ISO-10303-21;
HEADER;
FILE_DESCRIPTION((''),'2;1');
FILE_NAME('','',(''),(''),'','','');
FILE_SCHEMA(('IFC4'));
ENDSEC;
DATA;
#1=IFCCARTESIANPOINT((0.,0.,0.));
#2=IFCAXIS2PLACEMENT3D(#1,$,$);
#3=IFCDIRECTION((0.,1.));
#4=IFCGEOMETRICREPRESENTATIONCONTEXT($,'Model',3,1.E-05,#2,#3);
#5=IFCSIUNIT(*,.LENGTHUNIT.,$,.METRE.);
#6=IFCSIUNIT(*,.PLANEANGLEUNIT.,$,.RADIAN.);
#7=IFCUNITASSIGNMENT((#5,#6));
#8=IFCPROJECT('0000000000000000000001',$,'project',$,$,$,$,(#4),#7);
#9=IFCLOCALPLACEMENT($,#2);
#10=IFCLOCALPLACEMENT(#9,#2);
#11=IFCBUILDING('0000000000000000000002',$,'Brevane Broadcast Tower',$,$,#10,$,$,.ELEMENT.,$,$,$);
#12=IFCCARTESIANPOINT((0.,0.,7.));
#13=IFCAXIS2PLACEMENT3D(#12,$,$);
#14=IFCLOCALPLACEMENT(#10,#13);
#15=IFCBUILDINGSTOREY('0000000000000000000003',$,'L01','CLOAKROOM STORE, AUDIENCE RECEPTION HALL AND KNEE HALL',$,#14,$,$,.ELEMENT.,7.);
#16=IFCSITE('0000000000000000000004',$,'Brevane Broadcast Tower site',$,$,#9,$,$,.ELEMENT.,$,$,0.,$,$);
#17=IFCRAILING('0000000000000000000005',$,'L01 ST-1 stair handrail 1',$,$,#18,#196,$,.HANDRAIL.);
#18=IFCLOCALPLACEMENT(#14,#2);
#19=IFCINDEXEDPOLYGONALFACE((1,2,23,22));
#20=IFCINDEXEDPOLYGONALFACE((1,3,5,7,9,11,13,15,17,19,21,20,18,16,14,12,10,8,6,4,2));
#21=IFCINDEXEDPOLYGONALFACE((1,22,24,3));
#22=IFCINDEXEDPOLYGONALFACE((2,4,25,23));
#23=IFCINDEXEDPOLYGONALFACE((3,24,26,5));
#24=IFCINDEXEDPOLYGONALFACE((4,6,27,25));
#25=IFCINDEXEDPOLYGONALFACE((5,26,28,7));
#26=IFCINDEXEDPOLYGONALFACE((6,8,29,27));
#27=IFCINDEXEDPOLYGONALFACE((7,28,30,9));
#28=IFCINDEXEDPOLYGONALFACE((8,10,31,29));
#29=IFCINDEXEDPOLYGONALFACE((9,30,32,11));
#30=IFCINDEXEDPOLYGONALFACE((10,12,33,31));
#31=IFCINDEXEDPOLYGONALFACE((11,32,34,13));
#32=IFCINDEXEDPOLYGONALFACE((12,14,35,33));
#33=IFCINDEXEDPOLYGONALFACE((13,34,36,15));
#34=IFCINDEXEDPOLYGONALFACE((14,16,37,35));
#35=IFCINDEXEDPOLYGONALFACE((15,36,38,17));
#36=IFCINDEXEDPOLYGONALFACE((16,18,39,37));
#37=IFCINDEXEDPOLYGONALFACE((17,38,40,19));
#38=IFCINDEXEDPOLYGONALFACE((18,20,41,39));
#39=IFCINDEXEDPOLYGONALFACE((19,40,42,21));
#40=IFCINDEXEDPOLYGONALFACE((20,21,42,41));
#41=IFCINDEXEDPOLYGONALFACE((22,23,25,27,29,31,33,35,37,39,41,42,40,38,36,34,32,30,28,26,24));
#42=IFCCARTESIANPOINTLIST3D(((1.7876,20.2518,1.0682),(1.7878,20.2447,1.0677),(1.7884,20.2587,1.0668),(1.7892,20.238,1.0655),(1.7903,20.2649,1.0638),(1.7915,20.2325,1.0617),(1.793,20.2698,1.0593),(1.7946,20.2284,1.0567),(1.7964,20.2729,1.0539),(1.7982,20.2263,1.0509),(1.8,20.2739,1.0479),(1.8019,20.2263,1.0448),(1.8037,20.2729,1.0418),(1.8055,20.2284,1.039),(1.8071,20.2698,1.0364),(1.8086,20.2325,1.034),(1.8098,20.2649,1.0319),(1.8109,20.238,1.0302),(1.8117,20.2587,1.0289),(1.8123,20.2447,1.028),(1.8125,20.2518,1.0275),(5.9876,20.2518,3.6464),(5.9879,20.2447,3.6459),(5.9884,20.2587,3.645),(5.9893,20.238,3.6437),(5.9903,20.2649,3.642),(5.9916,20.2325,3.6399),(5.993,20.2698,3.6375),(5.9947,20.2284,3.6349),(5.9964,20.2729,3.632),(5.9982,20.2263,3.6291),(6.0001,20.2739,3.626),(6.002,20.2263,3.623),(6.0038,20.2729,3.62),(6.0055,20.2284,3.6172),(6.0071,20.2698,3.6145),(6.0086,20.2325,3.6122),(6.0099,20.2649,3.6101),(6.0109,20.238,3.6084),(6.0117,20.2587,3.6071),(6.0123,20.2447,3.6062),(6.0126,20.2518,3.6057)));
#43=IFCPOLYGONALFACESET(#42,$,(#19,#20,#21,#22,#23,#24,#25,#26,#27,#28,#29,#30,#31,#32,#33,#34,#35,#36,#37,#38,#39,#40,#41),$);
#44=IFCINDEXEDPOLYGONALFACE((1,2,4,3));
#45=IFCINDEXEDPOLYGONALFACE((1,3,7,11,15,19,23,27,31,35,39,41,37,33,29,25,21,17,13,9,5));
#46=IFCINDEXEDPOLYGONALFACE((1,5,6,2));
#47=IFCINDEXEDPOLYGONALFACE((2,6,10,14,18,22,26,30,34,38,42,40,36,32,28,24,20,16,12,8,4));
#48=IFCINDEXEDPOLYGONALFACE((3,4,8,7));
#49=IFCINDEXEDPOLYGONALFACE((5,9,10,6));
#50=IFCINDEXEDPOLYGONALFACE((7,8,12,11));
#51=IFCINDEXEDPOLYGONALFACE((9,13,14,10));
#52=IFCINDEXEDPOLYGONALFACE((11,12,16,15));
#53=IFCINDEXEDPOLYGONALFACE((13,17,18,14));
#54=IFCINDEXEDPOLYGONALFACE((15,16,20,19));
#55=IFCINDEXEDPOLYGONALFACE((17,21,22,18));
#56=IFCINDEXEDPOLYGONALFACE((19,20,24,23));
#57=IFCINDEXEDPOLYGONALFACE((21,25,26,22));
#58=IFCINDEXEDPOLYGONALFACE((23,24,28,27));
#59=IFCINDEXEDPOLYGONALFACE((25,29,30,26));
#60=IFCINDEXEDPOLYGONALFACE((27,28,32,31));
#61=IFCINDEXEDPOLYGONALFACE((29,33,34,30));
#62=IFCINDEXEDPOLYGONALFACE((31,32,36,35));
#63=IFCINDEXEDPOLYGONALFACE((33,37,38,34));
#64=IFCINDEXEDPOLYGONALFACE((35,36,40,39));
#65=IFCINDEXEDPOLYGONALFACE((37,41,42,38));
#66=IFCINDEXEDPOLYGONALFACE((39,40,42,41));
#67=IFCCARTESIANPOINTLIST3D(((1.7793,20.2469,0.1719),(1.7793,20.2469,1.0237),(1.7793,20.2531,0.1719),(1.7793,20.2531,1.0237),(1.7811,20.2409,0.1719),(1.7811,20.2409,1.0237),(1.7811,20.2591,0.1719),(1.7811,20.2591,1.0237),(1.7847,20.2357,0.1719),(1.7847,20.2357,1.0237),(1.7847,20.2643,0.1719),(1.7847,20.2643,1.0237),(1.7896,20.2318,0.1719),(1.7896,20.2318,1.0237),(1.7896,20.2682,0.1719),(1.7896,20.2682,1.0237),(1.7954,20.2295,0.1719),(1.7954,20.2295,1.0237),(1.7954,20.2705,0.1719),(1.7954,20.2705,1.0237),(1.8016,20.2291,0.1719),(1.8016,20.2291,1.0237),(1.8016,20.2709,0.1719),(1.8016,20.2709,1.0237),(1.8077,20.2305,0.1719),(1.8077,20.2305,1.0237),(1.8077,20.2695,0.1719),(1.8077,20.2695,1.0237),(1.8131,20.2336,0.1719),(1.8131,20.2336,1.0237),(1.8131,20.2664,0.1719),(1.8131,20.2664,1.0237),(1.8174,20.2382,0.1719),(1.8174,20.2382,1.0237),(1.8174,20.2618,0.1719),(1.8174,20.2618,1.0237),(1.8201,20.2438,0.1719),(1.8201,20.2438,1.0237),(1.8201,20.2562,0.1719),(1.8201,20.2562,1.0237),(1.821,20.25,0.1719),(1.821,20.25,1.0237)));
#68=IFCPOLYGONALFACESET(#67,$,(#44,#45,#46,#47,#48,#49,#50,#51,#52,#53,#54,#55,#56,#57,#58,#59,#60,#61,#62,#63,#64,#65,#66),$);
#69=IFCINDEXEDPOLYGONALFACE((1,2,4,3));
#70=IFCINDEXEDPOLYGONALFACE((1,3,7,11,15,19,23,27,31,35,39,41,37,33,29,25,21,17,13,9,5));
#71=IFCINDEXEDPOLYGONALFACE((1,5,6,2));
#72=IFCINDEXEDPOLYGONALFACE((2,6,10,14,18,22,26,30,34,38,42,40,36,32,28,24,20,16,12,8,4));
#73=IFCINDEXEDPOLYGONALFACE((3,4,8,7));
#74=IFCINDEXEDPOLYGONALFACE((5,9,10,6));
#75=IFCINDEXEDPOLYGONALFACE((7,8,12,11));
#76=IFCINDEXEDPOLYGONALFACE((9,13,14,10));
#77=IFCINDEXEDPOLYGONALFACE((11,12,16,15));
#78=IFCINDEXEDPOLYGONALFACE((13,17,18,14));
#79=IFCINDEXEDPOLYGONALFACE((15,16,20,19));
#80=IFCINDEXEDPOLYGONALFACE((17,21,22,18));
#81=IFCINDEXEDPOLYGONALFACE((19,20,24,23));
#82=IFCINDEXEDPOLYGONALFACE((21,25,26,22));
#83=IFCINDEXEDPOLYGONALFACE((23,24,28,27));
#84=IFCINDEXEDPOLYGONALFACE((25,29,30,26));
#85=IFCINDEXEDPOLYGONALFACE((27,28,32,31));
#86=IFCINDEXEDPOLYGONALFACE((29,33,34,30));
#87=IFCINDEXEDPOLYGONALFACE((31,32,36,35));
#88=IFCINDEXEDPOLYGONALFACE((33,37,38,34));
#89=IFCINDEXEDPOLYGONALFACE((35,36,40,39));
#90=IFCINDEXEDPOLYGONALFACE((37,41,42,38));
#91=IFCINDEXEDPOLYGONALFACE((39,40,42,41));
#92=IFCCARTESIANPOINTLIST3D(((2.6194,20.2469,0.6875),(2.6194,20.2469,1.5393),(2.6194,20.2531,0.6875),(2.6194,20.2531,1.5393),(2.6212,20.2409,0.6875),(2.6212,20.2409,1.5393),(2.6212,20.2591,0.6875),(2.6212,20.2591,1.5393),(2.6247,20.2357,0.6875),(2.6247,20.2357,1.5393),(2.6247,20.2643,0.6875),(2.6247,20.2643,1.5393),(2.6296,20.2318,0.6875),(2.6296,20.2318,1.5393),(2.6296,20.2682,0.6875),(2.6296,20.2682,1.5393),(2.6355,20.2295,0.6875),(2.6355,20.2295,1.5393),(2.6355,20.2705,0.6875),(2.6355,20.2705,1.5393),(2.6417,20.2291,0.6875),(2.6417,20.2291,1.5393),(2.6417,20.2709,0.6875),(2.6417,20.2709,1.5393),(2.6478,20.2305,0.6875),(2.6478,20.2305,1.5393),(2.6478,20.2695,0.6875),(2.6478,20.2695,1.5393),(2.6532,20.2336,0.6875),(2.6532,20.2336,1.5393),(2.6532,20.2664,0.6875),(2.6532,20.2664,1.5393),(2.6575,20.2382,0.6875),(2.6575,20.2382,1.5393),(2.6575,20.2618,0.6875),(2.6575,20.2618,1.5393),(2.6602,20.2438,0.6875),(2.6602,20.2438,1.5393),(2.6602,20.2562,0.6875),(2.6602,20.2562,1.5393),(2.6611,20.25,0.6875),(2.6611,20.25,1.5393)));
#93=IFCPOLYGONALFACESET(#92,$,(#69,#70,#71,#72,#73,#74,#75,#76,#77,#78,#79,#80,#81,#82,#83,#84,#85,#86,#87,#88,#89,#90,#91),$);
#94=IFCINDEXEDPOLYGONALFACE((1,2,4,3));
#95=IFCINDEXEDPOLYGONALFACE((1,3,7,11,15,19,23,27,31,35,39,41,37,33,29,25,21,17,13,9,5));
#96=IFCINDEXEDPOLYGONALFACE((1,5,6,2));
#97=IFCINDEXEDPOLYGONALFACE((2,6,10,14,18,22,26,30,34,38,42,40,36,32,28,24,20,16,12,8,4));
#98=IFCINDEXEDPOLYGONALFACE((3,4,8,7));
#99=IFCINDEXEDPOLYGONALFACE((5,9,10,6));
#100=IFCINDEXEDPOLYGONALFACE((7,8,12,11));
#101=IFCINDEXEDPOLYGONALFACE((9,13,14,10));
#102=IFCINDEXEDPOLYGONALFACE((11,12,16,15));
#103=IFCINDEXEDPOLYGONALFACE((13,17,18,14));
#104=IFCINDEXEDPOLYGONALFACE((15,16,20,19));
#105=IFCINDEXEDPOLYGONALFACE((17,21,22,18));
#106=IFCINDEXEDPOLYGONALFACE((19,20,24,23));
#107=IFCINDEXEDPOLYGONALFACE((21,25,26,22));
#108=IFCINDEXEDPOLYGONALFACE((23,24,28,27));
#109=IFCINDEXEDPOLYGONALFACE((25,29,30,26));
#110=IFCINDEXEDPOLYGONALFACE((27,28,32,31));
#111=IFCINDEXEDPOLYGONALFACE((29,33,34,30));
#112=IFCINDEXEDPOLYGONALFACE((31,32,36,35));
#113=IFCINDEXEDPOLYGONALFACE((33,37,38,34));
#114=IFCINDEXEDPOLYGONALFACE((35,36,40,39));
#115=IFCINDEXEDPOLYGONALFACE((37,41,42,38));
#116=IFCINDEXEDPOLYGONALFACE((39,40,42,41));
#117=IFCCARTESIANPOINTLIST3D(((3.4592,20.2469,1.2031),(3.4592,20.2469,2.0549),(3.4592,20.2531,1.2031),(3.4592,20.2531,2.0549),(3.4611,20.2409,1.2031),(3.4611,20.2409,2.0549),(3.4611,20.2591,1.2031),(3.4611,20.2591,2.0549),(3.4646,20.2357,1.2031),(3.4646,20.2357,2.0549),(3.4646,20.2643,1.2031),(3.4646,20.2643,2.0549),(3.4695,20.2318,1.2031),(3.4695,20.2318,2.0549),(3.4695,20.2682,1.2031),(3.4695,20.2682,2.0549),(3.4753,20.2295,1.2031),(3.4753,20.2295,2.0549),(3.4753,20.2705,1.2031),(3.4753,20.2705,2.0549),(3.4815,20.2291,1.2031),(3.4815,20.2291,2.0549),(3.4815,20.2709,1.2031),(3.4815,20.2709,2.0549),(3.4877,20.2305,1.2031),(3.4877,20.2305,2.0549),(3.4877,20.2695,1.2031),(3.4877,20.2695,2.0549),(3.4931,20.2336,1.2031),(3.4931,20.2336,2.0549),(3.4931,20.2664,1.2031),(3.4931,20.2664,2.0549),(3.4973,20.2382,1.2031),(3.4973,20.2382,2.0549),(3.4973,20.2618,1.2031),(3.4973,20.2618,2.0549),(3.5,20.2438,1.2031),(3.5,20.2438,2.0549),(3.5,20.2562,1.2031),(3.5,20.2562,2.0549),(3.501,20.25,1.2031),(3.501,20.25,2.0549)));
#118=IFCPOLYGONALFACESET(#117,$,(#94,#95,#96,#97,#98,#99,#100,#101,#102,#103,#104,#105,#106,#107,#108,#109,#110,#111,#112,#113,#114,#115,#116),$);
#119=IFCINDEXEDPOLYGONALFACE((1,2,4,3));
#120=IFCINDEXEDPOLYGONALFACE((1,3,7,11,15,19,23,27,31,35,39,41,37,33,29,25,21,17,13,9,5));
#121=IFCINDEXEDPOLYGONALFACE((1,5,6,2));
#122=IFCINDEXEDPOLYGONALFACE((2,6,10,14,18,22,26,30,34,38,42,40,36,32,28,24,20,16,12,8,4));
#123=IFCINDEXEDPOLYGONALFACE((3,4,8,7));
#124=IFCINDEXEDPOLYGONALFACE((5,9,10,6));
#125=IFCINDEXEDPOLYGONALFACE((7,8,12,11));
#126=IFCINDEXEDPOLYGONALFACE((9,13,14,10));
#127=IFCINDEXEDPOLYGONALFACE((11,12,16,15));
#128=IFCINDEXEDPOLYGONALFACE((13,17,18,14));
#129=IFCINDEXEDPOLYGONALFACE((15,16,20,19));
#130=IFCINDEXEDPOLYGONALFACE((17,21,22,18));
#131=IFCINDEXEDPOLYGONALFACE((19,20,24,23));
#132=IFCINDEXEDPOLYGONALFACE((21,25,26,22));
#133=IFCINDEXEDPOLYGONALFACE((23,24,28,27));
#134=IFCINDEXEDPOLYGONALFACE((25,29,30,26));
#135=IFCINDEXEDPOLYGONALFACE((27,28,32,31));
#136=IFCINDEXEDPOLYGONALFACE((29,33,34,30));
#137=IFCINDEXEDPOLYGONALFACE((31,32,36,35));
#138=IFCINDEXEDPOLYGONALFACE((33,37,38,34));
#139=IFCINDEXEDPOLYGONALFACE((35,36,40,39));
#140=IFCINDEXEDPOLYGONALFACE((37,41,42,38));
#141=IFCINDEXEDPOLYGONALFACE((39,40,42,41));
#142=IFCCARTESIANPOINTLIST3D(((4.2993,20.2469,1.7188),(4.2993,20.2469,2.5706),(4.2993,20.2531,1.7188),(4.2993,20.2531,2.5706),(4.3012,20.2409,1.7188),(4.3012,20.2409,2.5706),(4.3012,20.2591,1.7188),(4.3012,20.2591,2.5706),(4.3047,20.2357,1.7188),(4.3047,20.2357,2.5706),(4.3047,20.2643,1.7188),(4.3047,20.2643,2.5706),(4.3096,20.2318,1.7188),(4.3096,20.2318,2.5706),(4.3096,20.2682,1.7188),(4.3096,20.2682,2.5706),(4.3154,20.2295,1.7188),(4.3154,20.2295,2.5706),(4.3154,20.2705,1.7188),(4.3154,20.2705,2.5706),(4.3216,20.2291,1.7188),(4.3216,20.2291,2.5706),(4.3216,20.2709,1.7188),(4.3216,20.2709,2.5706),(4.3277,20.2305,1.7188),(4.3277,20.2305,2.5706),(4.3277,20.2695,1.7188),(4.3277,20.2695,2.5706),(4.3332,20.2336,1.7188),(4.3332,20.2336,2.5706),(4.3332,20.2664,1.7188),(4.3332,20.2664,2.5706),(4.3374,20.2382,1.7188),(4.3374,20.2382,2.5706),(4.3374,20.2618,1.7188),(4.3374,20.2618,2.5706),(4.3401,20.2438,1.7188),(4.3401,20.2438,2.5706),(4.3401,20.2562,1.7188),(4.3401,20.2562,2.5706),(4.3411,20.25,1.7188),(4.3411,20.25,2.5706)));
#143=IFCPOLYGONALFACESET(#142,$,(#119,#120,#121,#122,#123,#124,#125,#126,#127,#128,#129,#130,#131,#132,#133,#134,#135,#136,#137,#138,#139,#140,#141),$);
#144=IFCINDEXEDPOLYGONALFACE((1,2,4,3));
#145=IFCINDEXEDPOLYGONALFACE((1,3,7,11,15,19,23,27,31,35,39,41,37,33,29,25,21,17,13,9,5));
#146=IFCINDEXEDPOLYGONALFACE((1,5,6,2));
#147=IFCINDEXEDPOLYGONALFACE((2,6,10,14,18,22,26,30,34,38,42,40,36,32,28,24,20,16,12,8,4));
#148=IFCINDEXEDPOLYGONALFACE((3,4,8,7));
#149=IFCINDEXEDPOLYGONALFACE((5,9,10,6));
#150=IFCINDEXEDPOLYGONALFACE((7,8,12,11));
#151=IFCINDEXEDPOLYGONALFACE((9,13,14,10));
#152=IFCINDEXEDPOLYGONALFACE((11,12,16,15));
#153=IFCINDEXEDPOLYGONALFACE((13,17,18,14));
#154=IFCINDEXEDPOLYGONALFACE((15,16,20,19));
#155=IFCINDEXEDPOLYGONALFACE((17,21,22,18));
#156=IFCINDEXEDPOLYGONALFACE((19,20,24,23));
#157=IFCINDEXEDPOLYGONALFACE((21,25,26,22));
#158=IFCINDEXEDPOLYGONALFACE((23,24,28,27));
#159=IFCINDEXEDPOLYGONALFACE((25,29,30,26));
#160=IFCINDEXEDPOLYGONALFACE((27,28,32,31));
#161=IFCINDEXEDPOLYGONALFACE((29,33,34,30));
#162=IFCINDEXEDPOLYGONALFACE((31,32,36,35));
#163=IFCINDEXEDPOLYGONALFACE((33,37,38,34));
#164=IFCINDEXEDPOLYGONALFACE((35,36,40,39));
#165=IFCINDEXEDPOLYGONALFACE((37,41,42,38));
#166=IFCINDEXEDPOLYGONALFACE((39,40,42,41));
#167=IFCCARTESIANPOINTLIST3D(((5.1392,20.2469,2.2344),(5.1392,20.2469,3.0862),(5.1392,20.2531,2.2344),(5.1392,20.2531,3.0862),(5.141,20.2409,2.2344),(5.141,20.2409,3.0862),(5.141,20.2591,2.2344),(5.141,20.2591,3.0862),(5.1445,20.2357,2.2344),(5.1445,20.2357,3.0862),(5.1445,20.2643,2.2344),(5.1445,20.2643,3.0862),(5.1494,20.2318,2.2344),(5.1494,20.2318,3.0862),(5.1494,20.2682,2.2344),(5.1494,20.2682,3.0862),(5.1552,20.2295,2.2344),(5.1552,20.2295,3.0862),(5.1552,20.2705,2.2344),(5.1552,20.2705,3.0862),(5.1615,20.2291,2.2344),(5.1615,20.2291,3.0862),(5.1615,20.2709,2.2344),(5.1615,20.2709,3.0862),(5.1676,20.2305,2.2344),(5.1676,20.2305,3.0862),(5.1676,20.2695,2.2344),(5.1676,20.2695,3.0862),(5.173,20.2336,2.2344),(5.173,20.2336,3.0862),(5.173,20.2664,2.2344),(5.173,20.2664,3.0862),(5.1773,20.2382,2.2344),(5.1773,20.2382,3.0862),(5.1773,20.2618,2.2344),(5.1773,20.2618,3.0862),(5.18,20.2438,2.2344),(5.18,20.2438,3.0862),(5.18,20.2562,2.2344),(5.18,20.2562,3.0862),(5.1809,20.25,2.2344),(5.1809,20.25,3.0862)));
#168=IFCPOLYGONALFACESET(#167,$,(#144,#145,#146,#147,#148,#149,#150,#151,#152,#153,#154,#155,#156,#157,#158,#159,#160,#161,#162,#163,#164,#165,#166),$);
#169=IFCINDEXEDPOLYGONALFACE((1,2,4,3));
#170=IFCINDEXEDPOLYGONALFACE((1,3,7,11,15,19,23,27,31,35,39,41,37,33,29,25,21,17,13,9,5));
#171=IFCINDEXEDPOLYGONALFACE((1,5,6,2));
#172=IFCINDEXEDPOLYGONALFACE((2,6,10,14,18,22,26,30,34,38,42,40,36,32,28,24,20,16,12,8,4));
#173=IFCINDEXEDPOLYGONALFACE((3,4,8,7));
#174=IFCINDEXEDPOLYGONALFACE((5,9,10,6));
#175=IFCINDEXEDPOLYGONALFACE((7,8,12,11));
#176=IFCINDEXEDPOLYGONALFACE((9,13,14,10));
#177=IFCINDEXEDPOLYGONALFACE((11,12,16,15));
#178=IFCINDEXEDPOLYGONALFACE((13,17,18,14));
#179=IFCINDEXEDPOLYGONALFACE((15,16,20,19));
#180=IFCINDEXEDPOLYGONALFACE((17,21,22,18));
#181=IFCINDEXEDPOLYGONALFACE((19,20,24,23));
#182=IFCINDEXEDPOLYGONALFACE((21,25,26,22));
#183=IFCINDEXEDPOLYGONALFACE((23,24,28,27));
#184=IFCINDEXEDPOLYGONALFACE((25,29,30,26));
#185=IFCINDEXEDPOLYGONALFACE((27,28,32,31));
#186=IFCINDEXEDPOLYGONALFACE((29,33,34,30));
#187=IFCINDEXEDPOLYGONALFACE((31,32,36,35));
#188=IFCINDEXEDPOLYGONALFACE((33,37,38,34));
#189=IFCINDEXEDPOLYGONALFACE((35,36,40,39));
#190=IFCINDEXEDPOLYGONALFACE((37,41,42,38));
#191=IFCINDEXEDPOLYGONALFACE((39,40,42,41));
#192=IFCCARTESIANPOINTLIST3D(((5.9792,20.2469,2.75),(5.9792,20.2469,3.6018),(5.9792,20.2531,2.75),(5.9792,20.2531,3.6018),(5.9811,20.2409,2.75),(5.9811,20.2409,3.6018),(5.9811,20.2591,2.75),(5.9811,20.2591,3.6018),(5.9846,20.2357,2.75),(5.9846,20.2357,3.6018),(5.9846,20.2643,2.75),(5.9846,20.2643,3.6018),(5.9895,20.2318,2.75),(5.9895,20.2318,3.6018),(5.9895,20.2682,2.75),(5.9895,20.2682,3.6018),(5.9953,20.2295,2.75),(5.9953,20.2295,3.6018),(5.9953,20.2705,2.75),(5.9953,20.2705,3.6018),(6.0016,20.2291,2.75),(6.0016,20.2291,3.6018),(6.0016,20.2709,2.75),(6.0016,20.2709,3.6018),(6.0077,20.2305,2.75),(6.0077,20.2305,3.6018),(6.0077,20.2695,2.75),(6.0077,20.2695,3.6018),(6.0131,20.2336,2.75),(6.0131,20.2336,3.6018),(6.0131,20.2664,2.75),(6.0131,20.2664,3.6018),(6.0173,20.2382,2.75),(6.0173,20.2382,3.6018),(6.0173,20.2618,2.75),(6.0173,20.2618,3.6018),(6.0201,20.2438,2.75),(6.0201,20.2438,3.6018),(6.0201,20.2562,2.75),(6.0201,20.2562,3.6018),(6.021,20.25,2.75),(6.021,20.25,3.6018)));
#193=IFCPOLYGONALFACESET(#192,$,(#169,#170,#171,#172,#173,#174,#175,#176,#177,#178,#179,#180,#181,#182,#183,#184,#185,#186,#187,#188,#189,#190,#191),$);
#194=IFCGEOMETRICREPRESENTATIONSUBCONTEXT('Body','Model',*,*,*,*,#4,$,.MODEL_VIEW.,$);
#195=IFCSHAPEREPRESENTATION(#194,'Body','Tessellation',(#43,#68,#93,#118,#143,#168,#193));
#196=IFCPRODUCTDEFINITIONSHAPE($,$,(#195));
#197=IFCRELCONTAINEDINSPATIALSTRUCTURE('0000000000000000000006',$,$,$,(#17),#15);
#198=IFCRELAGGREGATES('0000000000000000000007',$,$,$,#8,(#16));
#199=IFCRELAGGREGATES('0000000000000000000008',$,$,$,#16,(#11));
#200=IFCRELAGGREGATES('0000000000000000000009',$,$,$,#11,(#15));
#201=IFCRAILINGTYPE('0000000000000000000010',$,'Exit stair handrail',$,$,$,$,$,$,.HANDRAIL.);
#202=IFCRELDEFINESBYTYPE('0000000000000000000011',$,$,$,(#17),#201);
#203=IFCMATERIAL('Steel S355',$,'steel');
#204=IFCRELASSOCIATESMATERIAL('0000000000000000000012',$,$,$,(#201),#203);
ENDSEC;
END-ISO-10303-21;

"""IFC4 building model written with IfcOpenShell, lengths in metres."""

from ifc_helpers import new_model, si_unit, direction, frame, origin, origin_2d, place, context, subcontext, project, spatial, circle, extrude, material, type_object, element, save


model = new_model("IFC4")

# Units and contexts
model_context = context("Model", 3, precision=1e-05, world=origin(), true_north=direction((0.0, 1.0)))
body_context = subcontext(model_context, "Body", "Model", "MODEL_VIEW")
ifc_project = project(units=[si_unit("LENGTHUNIT", "METRE"), si_unit("PLANEANGLEUNIT", "RADIAN")], contexts=[model_context])

# Site, building, storey
site_placement = place(None, origin())
site = spatial("IfcSite", under=ifc_project, at=site_placement, Name="Brevane Broadcast Tower site", CompositionType="ELEMENT", RefElevation=0.0)
building_placement = place(site_placement, origin())
building = spatial("IfcBuilding", under=site, at=building_placement, Name="Brevane Broadcast Tower", CompositionType="ELEMENT")
storey_placement = place(building_placement, frame((0.0, 0.0, 7.0)))
storey = spatial("IfcBuildingStorey", under=building, at=storey_placement, Name="L01", Description="CLOAKROOM STORE, AUDIENCE RECEPTION HALL AND KNEE HALL", CompositionType="ELEMENT", Elevation=7.0)

# Railing
ifc_material_1 = material(Name="Steel S355", Category="steel")
railing_type_1 = type_object("IfcRailingType", Name="Exit stair handrail", PredefinedType="HANDRAIL", material=ifc_material_1)
railing_1_placement = place(storey_placement, frame((1.8, 20.25, 0.1719)))
element("IfcRailing", 1, at=railing_1_placement, inside=storey, type_object=railing_type_1, Name="L01 ST-1 stair handrail 1", PredefinedType="HANDRAIL", context=body_context, shape_type="SweptSolid", body=[
    extrude(circle(Radius=0.0239, at=origin_2d()), frame((0.0, 0.0, 0.876), z_axis=(0.852243, 0.0, 0.523146), x_axis=(0.0, 1.0, 0.0)), (0.0, 0.0, 1.0), 4.9282),
    extrude(circle(Radius=0.021, at=origin_2d()), origin(), (0.0, 0.0, 1.0), 0.8518),
    extrude(circle(Radius=0.021, at=origin_2d()), frame((0.8401, 0.0, 0.5156)), (0.0, 0.0, 1.0), 0.8518),
    extrude(circle(Radius=0.021, at=origin_2d()), frame((1.6799, 0.0, 1.0312)), (0.0, 0.0, 1.0), 0.8518),
    extrude(circle(Radius=0.021, at=origin_2d()), frame((2.52, 0.0, 1.5469)), (0.0, 0.0, 1.0), 0.8518),
    extrude(circle(Radius=0.021, at=origin_2d()), frame((3.3599, 0.0, 2.0625)), (0.0, 0.0, 1.0), 0.8518),
    extrude(circle(Radius=0.021, at=origin_2d()), frame((4.2, 0.0, 2.5781)), (0.0, 0.0, 1.0), 0.8518),
])

save(model, "model.ifc")
